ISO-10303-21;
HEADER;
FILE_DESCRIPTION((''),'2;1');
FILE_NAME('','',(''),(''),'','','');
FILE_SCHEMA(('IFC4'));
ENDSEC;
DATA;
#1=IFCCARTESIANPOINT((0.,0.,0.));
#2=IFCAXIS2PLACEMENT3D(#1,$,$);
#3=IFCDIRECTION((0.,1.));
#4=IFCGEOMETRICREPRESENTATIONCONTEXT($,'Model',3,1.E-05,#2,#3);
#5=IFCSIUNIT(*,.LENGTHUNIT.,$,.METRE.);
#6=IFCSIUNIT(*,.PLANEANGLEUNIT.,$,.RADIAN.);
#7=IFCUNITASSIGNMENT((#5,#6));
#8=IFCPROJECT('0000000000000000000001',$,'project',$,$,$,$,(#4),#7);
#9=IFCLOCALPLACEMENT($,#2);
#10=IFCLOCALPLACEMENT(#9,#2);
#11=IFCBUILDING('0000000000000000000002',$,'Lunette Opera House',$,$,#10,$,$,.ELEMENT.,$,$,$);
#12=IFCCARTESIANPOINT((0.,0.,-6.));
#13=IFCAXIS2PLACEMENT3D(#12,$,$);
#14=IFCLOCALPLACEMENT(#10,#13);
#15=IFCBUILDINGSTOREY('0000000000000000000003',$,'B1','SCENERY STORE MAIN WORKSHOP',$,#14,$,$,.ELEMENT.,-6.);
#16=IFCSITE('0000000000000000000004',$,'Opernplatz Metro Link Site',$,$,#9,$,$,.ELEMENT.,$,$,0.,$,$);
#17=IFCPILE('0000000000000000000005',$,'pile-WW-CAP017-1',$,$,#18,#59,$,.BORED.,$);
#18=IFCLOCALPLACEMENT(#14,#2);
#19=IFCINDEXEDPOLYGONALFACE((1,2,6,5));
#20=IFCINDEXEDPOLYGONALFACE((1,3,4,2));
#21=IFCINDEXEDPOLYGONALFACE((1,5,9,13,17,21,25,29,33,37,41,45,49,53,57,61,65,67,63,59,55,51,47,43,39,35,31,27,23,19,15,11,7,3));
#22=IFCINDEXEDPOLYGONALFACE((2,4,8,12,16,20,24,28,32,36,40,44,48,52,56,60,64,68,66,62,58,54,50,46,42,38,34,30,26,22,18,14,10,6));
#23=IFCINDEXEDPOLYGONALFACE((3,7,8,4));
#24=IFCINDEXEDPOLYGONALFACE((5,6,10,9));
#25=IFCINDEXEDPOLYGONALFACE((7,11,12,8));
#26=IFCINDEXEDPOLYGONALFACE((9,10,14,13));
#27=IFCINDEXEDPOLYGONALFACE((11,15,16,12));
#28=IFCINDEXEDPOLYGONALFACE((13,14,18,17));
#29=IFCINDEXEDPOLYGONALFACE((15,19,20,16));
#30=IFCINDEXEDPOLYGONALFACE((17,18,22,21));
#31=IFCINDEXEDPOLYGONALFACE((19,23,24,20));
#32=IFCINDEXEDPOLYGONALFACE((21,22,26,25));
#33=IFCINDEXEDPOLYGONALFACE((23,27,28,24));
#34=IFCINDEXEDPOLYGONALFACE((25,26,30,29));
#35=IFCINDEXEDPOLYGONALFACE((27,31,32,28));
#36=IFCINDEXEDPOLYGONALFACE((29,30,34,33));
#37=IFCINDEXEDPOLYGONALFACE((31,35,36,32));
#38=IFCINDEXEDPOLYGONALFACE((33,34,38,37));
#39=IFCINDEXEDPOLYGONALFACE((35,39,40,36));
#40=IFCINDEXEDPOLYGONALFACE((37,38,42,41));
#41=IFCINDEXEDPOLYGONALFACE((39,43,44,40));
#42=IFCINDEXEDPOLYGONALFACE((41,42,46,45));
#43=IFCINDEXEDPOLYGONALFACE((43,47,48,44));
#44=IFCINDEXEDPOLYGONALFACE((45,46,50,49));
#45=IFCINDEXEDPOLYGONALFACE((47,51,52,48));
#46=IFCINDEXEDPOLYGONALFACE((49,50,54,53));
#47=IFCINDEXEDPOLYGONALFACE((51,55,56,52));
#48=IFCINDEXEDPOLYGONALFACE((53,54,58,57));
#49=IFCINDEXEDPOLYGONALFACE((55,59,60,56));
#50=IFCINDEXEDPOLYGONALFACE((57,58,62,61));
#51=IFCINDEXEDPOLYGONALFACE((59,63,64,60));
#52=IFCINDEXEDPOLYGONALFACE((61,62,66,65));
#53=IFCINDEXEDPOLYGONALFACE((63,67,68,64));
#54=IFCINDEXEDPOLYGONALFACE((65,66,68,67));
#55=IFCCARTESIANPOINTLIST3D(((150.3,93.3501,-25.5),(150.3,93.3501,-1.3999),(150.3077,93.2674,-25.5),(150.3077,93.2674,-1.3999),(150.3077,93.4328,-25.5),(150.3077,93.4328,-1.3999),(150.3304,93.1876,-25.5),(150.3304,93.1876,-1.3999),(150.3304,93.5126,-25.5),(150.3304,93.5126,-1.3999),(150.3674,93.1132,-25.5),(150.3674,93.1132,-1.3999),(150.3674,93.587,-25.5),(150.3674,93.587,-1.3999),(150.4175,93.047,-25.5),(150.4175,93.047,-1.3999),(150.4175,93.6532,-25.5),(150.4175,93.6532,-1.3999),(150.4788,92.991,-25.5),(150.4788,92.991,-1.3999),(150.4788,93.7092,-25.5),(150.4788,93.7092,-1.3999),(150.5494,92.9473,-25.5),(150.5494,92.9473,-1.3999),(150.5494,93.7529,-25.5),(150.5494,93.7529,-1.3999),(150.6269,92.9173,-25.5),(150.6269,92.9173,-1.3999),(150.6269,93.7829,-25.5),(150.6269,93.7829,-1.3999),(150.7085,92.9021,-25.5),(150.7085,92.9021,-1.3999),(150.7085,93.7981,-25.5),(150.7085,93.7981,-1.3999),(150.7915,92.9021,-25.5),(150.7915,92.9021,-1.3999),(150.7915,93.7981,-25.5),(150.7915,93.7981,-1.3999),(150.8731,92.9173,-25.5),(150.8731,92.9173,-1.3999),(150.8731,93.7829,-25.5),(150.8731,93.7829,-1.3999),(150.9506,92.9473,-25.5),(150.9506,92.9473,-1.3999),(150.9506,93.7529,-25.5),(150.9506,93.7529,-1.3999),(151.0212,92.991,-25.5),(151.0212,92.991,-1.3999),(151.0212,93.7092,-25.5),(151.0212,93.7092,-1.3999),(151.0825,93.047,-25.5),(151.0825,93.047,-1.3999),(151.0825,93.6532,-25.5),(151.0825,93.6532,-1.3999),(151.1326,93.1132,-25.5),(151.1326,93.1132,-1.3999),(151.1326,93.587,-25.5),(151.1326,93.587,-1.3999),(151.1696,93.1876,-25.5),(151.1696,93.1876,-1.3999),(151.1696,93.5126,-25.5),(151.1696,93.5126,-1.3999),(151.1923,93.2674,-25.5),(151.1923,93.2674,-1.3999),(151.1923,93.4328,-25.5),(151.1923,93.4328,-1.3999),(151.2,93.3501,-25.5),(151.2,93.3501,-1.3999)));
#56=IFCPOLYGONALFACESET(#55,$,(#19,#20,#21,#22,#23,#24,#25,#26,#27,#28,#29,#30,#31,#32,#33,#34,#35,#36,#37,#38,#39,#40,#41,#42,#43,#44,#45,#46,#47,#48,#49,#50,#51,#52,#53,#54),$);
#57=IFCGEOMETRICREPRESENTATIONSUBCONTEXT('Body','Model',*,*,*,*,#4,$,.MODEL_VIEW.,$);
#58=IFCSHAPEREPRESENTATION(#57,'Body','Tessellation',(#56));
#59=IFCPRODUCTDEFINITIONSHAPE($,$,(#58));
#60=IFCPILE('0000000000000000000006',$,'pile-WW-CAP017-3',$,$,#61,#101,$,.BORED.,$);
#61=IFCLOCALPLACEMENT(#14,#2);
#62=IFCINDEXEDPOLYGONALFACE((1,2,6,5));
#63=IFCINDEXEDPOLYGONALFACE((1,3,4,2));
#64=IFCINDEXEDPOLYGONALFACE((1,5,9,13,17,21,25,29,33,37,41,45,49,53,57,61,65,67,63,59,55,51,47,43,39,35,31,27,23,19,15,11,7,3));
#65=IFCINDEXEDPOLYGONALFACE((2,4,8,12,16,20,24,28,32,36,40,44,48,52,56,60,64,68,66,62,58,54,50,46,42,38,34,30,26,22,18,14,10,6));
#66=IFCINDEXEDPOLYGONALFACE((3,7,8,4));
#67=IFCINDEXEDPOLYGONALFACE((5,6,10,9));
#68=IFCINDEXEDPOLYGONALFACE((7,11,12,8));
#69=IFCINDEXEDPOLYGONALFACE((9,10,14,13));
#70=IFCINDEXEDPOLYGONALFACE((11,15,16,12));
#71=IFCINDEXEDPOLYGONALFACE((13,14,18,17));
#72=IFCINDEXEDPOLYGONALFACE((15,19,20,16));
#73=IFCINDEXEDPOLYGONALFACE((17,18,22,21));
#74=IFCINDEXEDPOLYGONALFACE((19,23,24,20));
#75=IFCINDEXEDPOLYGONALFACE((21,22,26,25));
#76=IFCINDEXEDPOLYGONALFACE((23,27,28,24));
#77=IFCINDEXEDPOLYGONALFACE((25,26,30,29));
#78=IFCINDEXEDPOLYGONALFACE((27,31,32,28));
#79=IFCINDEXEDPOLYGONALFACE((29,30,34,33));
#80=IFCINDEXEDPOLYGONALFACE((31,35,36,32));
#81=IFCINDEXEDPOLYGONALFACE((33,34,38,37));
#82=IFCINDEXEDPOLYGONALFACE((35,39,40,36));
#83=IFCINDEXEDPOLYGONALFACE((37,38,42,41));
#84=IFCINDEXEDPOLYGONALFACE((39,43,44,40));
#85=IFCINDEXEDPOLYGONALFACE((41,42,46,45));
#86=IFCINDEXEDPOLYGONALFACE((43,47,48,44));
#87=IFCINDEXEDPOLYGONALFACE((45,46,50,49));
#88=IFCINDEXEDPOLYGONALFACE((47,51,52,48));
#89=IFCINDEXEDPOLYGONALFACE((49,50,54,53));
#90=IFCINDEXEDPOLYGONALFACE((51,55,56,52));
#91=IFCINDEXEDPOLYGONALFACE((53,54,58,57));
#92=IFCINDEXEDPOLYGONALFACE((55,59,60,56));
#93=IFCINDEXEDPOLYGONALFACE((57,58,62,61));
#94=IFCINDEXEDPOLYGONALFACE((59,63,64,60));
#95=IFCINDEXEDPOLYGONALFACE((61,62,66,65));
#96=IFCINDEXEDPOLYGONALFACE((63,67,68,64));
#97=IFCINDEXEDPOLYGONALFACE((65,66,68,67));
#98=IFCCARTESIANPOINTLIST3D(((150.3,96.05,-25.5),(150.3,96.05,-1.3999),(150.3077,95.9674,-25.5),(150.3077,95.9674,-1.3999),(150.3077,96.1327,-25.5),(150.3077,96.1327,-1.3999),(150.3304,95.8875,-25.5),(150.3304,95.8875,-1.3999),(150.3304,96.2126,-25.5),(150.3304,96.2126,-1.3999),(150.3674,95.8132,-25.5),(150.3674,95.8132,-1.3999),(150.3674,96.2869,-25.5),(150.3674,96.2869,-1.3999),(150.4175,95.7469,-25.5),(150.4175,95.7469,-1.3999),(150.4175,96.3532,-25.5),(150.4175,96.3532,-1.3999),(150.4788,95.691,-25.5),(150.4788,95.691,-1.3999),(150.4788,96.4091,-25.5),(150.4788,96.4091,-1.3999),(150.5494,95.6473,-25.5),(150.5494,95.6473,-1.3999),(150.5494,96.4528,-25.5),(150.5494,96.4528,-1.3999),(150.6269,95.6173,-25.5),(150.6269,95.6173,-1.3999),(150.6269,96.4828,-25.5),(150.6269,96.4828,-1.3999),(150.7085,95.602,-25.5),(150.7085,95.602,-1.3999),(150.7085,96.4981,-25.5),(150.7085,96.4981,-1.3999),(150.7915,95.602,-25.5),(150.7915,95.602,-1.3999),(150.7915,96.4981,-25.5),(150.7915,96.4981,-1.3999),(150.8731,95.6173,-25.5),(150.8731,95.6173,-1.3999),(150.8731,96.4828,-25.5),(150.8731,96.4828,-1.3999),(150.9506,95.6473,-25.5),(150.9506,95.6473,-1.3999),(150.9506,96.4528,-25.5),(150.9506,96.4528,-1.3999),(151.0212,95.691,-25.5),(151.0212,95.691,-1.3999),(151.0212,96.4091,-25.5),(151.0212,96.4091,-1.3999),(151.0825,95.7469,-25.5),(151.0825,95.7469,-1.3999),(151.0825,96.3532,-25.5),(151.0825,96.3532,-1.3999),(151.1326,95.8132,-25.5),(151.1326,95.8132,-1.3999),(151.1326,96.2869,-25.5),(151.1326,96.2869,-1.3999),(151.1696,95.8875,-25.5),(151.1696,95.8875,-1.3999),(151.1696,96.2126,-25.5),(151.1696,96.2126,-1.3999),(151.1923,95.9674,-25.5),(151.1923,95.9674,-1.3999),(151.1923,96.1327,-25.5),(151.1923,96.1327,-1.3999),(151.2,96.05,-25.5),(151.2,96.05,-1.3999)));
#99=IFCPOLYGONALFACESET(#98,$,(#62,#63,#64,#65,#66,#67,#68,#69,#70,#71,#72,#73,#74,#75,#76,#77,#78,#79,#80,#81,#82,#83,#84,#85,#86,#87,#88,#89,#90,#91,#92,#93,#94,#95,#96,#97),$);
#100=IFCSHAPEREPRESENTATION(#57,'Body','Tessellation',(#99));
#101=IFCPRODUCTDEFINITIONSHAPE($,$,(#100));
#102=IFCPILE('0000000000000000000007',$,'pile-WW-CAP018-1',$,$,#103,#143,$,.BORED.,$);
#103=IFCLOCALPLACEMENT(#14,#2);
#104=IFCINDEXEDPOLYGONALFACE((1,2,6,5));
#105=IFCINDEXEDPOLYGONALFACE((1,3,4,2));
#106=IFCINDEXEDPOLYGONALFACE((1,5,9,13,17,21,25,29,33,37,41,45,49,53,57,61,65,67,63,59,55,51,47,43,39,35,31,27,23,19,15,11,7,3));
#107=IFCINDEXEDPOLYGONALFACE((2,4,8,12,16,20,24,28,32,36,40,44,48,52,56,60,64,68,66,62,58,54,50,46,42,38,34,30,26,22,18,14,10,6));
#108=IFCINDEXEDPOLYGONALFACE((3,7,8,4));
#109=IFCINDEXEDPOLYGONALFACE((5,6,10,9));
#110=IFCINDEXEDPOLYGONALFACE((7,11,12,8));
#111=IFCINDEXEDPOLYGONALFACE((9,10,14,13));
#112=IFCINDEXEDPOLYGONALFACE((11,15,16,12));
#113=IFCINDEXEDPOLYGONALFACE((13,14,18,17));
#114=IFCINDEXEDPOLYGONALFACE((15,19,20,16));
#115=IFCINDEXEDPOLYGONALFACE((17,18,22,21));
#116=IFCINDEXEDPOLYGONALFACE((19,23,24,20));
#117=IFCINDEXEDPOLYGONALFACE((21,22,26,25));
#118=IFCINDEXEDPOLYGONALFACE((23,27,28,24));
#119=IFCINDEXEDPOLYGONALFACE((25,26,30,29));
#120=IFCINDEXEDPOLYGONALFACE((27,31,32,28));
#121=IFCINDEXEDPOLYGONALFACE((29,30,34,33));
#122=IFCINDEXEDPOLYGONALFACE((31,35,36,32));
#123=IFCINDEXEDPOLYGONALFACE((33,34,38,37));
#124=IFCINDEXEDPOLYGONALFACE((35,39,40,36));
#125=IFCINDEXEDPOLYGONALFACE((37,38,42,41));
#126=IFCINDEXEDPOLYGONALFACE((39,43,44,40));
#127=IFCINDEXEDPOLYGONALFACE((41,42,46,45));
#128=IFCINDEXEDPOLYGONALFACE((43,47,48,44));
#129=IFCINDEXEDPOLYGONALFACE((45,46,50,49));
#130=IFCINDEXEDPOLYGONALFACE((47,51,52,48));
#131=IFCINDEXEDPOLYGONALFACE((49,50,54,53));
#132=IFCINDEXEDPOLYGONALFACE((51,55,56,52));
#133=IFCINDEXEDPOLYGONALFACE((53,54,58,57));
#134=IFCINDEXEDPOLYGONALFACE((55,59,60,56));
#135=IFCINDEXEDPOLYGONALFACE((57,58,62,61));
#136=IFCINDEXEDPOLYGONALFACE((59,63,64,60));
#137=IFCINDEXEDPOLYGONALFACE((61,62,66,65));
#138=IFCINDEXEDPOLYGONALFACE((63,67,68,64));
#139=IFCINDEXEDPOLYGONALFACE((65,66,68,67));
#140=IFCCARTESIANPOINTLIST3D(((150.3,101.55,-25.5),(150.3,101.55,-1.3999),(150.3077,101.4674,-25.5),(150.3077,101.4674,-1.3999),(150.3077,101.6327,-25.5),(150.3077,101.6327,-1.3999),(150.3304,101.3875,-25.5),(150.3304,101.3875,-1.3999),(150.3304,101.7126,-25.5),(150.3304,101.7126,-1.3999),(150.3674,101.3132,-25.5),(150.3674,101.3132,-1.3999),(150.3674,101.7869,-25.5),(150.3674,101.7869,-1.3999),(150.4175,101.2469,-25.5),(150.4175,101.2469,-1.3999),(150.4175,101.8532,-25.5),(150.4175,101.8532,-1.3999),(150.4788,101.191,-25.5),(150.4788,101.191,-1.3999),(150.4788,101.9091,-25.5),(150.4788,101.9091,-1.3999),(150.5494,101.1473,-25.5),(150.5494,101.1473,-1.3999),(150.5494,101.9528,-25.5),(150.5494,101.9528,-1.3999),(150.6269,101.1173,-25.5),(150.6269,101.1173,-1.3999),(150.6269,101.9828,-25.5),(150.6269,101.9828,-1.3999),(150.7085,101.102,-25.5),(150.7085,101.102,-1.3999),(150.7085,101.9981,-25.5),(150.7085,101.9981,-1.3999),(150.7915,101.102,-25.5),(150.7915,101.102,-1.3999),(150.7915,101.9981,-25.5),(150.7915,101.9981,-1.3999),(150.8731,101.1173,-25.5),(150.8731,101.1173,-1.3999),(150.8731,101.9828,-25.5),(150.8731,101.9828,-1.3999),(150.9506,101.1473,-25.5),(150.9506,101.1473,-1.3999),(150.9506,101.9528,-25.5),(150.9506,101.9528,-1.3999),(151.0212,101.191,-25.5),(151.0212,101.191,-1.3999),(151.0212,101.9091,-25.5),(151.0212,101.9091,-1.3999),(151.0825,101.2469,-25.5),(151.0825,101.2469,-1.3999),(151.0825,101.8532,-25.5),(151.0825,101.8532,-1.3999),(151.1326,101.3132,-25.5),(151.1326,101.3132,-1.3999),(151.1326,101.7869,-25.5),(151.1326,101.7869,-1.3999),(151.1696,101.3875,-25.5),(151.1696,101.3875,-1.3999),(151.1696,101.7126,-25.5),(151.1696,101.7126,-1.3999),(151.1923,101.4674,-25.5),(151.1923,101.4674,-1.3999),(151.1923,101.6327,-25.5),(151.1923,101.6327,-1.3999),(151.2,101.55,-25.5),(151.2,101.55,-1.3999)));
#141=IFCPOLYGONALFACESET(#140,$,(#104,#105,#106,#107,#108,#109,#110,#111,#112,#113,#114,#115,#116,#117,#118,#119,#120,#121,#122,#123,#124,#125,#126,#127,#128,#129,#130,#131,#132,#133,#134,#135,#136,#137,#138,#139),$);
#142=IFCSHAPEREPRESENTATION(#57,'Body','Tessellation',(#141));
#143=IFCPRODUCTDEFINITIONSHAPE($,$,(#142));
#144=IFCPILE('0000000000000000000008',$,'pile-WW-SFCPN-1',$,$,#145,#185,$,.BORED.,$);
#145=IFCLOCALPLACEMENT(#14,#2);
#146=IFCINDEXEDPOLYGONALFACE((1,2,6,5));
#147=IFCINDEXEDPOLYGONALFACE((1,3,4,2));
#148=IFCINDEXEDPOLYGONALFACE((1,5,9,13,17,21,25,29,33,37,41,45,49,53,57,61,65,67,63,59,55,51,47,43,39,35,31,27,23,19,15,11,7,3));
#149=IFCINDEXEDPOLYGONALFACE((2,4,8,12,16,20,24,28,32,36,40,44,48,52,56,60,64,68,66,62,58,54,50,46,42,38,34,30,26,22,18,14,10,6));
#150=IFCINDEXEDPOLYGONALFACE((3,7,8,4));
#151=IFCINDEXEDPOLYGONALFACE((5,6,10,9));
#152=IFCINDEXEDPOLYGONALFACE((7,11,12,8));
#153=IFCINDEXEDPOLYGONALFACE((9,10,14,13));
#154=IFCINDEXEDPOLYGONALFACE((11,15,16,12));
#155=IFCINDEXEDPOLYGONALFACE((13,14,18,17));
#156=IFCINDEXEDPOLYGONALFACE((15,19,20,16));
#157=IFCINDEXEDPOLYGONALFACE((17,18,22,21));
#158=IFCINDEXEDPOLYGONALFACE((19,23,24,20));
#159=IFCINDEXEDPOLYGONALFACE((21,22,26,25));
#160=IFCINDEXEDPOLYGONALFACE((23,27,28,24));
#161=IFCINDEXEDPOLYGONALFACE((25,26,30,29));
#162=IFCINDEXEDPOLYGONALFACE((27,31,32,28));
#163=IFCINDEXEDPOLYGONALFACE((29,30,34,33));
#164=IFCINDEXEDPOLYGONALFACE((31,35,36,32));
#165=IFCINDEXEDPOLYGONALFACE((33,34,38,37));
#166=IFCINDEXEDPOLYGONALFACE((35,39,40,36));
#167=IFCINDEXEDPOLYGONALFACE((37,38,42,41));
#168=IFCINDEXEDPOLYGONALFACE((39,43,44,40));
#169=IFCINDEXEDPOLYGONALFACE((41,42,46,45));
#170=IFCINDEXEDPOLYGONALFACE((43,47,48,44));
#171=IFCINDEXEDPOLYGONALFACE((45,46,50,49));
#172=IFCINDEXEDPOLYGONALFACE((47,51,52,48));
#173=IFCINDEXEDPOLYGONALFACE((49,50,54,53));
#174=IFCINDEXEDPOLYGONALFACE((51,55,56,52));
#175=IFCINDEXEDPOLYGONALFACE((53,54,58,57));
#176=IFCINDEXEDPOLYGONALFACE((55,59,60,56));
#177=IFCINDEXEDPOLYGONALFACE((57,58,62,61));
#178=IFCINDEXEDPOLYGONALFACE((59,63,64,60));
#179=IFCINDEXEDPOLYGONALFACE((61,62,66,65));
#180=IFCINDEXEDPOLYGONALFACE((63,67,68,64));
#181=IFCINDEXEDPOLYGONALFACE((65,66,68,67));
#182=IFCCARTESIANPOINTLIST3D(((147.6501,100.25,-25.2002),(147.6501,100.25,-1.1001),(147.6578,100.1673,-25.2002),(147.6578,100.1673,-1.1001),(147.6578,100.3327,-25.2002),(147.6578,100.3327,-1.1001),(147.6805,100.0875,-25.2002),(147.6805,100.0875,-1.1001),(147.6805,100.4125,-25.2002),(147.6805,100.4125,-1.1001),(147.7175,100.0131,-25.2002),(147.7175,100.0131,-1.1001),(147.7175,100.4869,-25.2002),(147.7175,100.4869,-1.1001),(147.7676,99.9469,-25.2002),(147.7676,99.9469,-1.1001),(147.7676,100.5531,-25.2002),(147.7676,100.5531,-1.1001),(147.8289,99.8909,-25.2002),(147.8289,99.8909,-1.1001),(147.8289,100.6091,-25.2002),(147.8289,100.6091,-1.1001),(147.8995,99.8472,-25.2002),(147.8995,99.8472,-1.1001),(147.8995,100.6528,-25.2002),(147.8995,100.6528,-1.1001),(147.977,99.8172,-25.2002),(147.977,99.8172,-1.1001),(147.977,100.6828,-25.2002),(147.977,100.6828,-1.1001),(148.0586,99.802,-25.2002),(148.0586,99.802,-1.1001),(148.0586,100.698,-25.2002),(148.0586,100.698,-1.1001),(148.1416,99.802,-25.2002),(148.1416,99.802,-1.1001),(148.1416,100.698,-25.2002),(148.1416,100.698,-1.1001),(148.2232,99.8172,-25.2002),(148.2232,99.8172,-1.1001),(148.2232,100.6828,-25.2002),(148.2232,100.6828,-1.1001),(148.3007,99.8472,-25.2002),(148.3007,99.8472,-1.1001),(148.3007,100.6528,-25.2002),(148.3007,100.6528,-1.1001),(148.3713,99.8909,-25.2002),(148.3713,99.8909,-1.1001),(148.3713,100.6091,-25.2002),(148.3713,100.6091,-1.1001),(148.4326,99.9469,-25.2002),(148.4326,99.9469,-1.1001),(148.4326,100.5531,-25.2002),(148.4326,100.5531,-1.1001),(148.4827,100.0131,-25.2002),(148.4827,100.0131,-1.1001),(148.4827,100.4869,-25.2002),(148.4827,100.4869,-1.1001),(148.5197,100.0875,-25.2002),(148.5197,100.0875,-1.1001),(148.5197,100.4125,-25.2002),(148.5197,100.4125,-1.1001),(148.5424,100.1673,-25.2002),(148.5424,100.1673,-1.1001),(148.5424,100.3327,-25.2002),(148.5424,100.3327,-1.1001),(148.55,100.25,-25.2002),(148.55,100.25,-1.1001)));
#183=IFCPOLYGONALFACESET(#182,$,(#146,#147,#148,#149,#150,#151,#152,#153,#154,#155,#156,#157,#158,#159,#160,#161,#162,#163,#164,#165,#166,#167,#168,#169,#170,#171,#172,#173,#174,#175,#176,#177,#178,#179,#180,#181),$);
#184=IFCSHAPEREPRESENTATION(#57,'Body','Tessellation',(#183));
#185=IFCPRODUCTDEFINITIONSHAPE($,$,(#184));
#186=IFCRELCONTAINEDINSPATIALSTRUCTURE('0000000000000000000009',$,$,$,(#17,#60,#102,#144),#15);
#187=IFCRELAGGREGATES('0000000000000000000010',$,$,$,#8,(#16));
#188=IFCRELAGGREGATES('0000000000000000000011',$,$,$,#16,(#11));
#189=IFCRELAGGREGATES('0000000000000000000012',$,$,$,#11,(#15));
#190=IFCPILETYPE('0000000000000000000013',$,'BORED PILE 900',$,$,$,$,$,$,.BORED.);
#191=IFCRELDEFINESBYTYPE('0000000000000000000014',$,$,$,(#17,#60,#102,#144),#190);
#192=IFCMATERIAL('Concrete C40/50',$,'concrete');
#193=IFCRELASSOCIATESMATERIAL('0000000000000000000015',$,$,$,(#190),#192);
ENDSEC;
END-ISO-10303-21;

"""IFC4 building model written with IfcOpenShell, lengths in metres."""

from ifc_helpers import new_model, si_unit, direction, frame, origin, origin_2d, place, context, subcontext, project, spatial, circle, extrude, material, material_profile, profile_set, type_object, element, save


model = new_model("IFC4")

# Units and contexts
model_context = context("Model", 3, precision=1e-05, world=origin(), true_north=direction((0.0, 1.0)))
body_context = subcontext(model_context, "Body", "Model", "MODEL_VIEW")
ifc_project = project(units=[si_unit("LENGTHUNIT", "METRE"), si_unit("PLANEANGLEUNIT", "RADIAN")], contexts=[model_context])

# Site, building, storey
site_placement = place(None, origin())
site = spatial("IfcSite", under=ifc_project, at=site_placement, Name="Opernplatz Metro Link Site", CompositionType="ELEMENT", RefElevation=0.0)
building_placement = place(site_placement, origin())
building = spatial("IfcBuilding", under=site, at=building_placement, Name="Lunette Opera House", CompositionType="ELEMENT")
storey_placement = place(building_placement, frame((0.0, 0.0, -6.0)))
storey = spatial("IfcBuildingStorey", under=building, at=storey_placement, Name="B1", Description="SCENERY STORE MAIN WORKSHOP", CompositionType="ELEMENT", Elevation=-6.0)

# Piles
ifc_material_1 = material(Name="Concrete C40/50", Category="concrete")
ifc_material_profile_1 = material_profile(ifc_material_1, circle(Radius=0.45, at=origin_2d()), Name="BORED PILE 900")
ifc_profile_set_1 = profile_set([ifc_material_profile_1], Name="Concrete C40/50")
pile_type = type_object("IfcPileType", Name="BORED PILE 900", PredefinedType="BORED", material=ifc_profile_set_1)
for number, where, z_axis, x_axis, name in (
    (1, (150.75, 93.3501, -1.3999), (0.0, 0.0, -1.0), (1.0, 0.0, 0.0), "pile-WW-CAP017-1"),
    (2, (150.75, 96.05, -1.3999), (0.0, 0.0, -1.0), (1.0, 0.0, 0.0), "pile-WW-CAP017-3"),
    (3, (150.75, 101.55, -1.3999), (0.0, 0.0, -1.0), (1.0, 0.0, 0.0), "pile-WW-CAP018-1"),
    (4, (148.1001, 100.25, -1.1001), (0.0, 0.0, -1.0), (1.0, 0.0, 0.0), "pile-WW-SFCPN-1"),
):
    element("IfcPile", number, at=place(storey_placement, frame(where, z_axis=z_axis, x_axis=x_axis)), inside=storey, type_object=pile_type, Name=name, PredefinedType="BORED", context=body_context, shape_type="SweptSolid", body=[
        extrude(circle(Radius=0.45, at=origin_2d()), origin(), (0.0, 0.0, 1.0), 24.1001),
    ])

save(model, "model.ifc")
